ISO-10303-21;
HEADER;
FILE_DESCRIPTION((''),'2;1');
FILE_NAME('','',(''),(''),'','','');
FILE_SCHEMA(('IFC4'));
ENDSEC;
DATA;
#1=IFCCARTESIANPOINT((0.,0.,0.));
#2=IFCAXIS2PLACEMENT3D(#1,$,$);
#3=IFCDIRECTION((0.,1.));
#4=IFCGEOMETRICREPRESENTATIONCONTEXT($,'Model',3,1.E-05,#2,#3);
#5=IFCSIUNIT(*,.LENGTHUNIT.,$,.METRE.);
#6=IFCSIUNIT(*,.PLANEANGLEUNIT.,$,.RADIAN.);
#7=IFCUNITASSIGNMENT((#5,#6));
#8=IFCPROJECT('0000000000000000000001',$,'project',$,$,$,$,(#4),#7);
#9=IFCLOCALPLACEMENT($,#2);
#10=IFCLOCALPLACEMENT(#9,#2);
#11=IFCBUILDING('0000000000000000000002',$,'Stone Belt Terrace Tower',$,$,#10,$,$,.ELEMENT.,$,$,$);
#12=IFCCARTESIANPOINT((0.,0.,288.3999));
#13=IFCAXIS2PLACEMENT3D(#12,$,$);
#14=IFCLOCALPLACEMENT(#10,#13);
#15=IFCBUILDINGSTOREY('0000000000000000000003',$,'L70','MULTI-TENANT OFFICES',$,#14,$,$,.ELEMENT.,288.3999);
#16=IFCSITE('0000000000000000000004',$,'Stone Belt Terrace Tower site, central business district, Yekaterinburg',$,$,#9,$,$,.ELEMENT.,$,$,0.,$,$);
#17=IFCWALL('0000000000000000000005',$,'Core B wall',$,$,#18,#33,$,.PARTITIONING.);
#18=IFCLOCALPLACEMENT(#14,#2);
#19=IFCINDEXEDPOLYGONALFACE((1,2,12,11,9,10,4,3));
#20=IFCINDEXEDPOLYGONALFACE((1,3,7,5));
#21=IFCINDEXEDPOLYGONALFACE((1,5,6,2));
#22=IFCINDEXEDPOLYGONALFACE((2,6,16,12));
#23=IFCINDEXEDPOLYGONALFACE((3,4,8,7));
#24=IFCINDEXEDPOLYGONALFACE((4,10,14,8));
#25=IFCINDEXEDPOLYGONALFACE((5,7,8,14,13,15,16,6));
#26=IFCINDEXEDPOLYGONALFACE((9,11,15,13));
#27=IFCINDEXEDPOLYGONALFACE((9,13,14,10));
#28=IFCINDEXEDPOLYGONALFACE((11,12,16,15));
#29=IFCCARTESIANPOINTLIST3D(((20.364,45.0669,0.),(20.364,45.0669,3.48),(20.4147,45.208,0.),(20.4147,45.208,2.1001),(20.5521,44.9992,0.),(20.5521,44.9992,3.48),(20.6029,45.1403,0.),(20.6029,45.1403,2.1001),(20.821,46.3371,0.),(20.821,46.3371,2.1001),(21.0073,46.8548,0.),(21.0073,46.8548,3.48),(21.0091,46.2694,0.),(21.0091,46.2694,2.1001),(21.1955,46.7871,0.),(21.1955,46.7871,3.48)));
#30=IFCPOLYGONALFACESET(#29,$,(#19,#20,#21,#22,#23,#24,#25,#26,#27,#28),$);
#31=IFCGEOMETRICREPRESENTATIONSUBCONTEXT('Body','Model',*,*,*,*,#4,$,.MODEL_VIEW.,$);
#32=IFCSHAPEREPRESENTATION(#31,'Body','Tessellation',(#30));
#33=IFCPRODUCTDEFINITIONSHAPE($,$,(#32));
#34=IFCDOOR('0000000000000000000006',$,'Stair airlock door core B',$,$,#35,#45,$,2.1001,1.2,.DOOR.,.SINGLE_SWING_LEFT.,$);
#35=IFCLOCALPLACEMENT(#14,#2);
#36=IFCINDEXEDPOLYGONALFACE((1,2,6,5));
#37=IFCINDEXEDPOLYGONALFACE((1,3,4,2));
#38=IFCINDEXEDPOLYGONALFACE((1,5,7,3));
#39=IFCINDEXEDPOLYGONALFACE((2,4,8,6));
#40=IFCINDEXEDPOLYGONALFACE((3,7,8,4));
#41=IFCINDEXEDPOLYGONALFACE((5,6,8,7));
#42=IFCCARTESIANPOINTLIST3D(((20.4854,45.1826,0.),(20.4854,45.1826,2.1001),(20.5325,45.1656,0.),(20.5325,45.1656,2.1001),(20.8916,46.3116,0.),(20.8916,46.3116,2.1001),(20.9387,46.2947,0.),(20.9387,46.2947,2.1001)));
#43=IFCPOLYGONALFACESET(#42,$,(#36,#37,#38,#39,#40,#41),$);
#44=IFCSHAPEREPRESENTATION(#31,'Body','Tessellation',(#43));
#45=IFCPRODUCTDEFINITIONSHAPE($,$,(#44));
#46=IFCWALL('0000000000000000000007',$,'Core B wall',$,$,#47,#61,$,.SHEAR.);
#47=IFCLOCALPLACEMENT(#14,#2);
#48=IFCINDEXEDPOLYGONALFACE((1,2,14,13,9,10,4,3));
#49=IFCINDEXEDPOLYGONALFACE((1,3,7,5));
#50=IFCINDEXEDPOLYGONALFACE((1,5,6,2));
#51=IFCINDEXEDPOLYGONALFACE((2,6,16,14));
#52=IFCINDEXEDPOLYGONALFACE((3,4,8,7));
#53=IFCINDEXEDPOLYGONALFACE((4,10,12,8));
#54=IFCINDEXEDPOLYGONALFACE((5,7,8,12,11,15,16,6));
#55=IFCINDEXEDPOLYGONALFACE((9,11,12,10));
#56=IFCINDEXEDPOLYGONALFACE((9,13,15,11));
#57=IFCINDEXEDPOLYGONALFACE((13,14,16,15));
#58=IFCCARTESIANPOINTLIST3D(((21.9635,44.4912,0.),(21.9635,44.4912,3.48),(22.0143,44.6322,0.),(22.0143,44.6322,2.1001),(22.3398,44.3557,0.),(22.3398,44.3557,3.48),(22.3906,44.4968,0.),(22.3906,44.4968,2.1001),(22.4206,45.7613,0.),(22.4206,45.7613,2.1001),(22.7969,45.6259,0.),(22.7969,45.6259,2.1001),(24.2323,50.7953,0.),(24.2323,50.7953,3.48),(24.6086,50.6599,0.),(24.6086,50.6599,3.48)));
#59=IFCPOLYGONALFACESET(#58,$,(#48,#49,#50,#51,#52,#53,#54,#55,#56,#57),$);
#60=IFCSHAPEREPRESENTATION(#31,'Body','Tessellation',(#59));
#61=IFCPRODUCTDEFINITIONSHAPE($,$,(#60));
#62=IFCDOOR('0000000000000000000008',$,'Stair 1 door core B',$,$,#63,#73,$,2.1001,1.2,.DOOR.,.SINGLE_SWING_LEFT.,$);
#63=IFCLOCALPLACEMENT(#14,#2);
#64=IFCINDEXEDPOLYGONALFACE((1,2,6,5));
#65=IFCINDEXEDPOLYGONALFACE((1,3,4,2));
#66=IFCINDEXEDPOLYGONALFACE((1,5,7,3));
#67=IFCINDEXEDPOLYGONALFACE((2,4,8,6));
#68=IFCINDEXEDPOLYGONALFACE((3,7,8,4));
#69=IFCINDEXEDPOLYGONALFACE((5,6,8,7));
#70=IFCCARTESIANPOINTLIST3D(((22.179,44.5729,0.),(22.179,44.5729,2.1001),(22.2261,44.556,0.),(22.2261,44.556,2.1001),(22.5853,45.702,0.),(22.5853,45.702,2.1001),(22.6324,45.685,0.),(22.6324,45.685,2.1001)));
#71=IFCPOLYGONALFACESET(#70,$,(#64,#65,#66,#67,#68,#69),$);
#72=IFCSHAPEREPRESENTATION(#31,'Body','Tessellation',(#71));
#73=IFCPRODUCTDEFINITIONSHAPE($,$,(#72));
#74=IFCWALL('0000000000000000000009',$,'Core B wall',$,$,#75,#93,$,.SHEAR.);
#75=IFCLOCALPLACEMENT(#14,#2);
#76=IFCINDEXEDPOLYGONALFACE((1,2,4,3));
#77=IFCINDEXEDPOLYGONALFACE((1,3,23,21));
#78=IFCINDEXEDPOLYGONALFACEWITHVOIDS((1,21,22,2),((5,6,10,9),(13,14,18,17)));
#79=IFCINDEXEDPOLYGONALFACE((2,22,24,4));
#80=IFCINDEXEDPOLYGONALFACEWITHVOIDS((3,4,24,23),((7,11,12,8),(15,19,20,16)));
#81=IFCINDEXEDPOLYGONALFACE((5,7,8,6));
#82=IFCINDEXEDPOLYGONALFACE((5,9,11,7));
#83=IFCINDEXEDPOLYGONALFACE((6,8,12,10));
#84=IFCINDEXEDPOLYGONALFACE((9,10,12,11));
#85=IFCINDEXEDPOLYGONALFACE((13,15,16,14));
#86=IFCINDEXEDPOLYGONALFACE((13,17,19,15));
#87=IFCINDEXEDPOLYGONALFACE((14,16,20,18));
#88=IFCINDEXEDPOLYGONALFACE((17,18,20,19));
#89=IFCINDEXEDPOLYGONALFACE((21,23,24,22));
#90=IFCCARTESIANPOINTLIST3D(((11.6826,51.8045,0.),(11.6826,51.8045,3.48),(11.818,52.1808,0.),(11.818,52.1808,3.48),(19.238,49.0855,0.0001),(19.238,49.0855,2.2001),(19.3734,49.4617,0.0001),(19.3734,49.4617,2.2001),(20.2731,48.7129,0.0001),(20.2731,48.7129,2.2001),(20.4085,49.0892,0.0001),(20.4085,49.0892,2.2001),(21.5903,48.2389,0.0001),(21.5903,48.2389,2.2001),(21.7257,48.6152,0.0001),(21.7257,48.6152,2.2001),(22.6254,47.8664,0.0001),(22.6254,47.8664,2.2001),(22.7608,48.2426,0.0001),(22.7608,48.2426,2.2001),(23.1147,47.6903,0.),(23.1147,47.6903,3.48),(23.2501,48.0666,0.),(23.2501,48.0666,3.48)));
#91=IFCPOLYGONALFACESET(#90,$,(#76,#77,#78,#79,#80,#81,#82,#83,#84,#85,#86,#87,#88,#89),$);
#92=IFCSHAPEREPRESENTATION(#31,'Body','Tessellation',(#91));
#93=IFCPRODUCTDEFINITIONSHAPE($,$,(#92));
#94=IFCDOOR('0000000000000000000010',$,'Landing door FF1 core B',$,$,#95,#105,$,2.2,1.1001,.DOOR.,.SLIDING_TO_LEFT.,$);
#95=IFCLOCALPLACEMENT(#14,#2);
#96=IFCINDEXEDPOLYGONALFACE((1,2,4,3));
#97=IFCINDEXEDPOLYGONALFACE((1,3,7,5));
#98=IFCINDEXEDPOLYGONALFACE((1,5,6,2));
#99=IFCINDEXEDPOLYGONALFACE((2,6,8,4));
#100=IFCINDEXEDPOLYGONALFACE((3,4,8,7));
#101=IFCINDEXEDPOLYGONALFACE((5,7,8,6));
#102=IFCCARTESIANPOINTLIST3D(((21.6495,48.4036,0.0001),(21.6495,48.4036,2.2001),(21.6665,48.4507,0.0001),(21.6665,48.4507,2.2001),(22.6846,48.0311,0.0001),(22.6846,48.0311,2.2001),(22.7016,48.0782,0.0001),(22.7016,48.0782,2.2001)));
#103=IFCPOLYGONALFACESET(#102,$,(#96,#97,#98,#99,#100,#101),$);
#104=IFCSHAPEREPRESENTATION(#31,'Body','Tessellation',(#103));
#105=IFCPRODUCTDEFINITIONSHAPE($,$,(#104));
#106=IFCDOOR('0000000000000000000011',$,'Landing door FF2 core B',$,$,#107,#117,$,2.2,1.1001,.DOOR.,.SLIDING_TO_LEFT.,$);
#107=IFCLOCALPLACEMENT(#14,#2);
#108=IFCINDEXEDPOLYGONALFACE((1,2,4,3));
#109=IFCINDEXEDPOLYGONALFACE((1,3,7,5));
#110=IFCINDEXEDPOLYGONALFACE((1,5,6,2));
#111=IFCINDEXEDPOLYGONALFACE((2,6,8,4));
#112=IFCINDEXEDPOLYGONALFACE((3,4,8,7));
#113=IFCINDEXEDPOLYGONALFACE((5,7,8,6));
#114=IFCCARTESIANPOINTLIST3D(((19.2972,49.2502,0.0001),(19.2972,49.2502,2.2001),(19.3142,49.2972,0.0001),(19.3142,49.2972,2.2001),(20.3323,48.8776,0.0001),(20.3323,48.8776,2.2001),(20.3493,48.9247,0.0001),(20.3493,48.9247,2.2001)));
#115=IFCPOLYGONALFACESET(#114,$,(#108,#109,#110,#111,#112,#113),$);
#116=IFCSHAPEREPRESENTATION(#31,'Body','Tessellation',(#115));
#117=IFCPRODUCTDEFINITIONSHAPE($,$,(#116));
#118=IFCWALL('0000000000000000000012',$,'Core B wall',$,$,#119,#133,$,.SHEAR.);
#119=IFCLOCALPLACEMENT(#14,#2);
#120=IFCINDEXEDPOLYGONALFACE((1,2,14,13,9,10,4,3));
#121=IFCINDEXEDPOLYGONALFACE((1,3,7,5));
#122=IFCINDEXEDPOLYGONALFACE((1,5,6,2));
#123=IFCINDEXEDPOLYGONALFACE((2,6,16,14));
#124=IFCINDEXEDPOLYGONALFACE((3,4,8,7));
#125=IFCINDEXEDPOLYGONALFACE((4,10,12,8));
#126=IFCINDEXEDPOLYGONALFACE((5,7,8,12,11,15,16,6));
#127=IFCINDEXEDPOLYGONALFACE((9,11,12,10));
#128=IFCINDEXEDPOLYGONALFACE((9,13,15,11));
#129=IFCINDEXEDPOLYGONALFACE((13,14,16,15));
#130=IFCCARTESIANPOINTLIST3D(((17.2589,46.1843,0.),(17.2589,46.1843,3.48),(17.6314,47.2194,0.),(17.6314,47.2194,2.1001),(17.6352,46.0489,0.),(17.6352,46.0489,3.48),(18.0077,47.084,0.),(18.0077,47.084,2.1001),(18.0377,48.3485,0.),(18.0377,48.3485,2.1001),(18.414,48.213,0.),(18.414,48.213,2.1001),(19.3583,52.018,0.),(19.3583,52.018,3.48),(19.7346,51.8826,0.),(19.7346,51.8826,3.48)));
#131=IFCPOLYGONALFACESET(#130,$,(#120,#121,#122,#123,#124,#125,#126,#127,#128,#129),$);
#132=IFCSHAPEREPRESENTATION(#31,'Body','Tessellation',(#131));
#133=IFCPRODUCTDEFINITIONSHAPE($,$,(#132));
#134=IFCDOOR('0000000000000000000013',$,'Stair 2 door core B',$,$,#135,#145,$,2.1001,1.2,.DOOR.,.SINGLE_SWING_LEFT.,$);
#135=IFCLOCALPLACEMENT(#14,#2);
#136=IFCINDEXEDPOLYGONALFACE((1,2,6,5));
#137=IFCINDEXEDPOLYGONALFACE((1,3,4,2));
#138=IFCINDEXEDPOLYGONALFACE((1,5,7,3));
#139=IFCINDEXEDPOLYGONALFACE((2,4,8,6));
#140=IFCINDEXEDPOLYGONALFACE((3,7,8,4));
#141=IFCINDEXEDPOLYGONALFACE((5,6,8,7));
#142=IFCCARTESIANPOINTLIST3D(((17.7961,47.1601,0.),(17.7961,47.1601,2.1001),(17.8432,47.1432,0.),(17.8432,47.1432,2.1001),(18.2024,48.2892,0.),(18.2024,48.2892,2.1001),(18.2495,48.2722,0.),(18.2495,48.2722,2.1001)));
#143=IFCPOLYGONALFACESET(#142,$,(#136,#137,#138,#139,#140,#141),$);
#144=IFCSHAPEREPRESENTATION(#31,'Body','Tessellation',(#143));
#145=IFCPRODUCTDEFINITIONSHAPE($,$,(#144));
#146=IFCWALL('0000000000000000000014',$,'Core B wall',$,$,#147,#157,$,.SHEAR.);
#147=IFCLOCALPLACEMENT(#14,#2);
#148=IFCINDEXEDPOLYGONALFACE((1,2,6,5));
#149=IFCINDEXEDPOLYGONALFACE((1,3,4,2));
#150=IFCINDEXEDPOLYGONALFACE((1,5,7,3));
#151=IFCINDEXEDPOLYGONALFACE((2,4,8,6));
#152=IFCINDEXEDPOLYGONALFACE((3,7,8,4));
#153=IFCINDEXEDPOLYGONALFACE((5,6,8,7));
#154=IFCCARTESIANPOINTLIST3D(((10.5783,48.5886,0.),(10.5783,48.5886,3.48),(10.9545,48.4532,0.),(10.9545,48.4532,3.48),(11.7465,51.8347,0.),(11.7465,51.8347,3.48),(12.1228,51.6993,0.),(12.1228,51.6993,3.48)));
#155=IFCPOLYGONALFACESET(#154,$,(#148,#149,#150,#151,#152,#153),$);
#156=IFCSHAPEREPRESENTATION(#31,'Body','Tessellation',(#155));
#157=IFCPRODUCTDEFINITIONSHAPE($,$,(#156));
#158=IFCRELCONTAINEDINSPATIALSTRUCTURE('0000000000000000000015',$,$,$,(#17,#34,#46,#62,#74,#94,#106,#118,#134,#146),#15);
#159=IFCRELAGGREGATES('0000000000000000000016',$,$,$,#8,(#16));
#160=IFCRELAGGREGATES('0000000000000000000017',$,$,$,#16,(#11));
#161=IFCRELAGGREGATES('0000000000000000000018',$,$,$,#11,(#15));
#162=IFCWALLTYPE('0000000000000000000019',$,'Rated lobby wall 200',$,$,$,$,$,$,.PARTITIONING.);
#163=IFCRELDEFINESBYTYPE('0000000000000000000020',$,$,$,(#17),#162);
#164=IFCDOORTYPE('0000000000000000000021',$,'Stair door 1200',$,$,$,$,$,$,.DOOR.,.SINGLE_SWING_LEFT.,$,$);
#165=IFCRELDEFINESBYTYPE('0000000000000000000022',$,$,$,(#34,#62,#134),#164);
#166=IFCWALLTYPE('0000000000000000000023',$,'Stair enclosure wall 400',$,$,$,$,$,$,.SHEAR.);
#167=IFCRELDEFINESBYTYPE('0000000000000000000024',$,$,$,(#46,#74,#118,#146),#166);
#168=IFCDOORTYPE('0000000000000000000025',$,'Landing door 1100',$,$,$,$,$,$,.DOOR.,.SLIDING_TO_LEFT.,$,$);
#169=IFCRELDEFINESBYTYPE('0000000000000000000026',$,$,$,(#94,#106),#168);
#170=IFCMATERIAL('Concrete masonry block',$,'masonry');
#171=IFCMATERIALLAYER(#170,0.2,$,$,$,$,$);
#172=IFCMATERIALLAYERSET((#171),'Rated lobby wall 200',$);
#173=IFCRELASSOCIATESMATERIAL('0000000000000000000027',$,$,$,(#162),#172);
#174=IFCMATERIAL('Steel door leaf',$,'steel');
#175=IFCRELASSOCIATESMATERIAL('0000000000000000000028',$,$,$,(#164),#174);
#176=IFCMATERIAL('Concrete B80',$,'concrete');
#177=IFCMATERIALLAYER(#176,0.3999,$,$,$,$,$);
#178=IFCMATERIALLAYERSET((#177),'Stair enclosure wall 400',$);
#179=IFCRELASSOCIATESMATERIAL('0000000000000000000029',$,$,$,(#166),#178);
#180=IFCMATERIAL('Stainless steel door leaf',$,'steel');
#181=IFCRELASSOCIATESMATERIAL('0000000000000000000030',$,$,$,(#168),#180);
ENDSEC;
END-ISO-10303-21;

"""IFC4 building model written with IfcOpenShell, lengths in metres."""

from ifc_helpers import new_model, si_unit, direction, frame, frame_2d, origin, place, context, subcontext, project, spatial, rectangle, extrude, material, layer, layer_set, type_object, element, fill, save


model = new_model("IFC4")

# Units and contexts
model_context = context("Model", 3, precision=1e-05, world=origin(), true_north=direction((0.0, 1.0)))
body_context = subcontext(model_context, "Body", "Model", "MODEL_VIEW")
ifc_project = project(units=[si_unit("LENGTHUNIT", "METRE"), si_unit("PLANEANGLEUNIT", "RADIAN")], contexts=[model_context])

# Site, building, storey
site_placement = place(None, origin())
site = spatial("IfcSite", under=ifc_project, at=site_placement, Name="Stone Belt Terrace Tower site, central business district, Yekaterinburg", CompositionType="ELEMENT", RefElevation=0.0)
building_placement = place(site_placement, origin())
building = spatial("IfcBuilding", under=site, at=building_placement, Name="Stone Belt Terrace Tower", CompositionType="ELEMENT")
storey_placement = place(building_placement, frame((0.0, 0.0, 288.3999)))
storey = spatial("IfcBuildingStorey", under=building, at=storey_placement, Name="L70", Description="MULTI-TENANT OFFICES", CompositionType="ELEMENT", Elevation=288.3999)

# Shared definitions
ifc_material_1 = material(Name="Concrete masonry block", Category="masonry")
ifc_layer_1 = layer(ifc_material_1, 0.2)
ifc_layer_set_1 = layer_set([ifc_layer_1], Name="Rated lobby wall 200")
wall_type_1 = type_object("IfcWallType", Name="Rated lobby wall 200", PredefinedType="PARTITIONING", material=ifc_layer_set_1)

# Walls, openings, doors
wall_1_placement = place(storey_placement, frame((20.458, 45.033, 0.0), z_axis=(0.0, 0.0, 1.0), x_axis=(0.338574, 0.94094, 0.0)))
wall_1 = element("IfcWall", 1, at=wall_1_placement, inside=storey, type_object=wall_type_1, Name="Core B wall", PredefinedType="PARTITIONING", context=body_context, shape_type="SweptSolid", body=[
    extrude(rectangle(XDim=1.9001, YDim=0.2, at=frame_2d((0.9502, 0.0))), origin(), (0.0, 0.0, 1.0), 3.48),
])
opening_1_placement = place(wall_1_placement, frame((0.1499, 0.0, 0.0)))
opening_1 = element("IfcOpeningElement", 2, at=opening_1_placement, cuts=wall_1, PredefinedType="OPENING", context=body_context, shape_type="SweptSolid", body=[
    extrude(rectangle(XDim=1.2, YDim=2.1001, at=frame_2d((0.6001, 1.05))), frame((0.0, 0.1099, 0.0), z_axis=(0.0, -1.0, 0.0), x_axis=(1.0, 0.0, 0.0)), (0.0, 0.0, 1.0), 0.22),
])
ifc_material_2 = material(Name="Steel door leaf", Category="steel")
door_type_1 = type_object("IfcDoorType", Name="Stair door 1200", OperationType="SINGLE_SWING_LEFT", PredefinedType="DOOR", material=ifc_material_2)
door_1_placement = place(opening_1_placement, origin())
door_1 = element("IfcDoor", 3, at=door_1_placement, inside=storey, type_object=door_type_1, Name="Stair airlock door core B", OperationType="SINGLE_SWING_LEFT", OverallHeight=2.1001, OverallWidth=1.2, PredefinedType="DOOR", context=body_context, shape_type="SweptSolid", body=[
    extrude(rectangle(XDim=1.2, YDim=2.1001, at=frame_2d((0.6001, 1.05))), frame((0.0, 0.0249, 0.0), z_axis=(0.0, -1.0, 0.0), x_axis=(1.0, 0.0, 0.0)), (0.0, 0.0, 1.0), 0.05),
])
fill(opening_1, door_1)
ifc_material_3 = material(Name="Concrete B80", Category="concrete")
ifc_layer_2 = layer(ifc_material_3, 0.3999)
ifc_layer_set_2 = layer_set([ifc_layer_2], Name="Stair enclosure wall 400")
wall_type_2 = type_object("IfcWallType", Name="Stair enclosure wall 400", PredefinedType="SHEAR", material=ifc_layer_set_2)
wall_2_placement = place(storey_placement, frame((22.1516, 44.4233, 0.0), z_axis=(0.0, 0.0, 1.0), x_axis=(0.338625, 0.940921, 0.0)))
wall_2 = element("IfcWall", 4, at=wall_2_placement, inside=storey, type_object=wall_type_2, Name="Core B wall", PredefinedType="SHEAR", context=body_context, shape_type="SweptSolid", body=[
    extrude(rectangle(XDim=6.7, YDim=0.3999, at=frame_2d((3.3501, 0.0))), origin(), (0.0, 0.0, 1.0), 3.48),
])
opening_2_placement = place(wall_2_placement, frame((0.1499, 0.0, 0.0)))
opening_2 = element("IfcOpeningElement", 5, at=opening_2_placement, cuts=wall_2, PredefinedType="OPENING", context=body_context, shape_type="SweptSolid", body=[
    extrude(rectangle(XDim=1.2, YDim=2.1001, at=frame_2d((0.6001, 1.05))), frame((0.0, 0.21, 0.0), z_axis=(0.0, -1.0, 0.0), x_axis=(1.0, 0.0, 0.0)), (0.0, 0.0, 1.0), 0.4199),
])
door_2_placement = place(opening_2_placement, origin())
door_2 = element("IfcDoor", 6, at=door_2_placement, inside=storey, type_object=door_type_1, Name="Stair 1 door core B", OperationType="SINGLE_SWING_LEFT", OverallHeight=2.1001, OverallWidth=1.2, PredefinedType="DOOR", context=body_context, shape_type="SweptSolid", body=[
    extrude(rectangle(XDim=1.2, YDim=2.1001, at=frame_2d((0.6001, 1.05))), frame((0.0, 0.0249, 0.0), z_axis=(0.0, -1.0, 0.0), x_axis=(1.0, 0.0, 0.0)), (0.0, 0.0, 1.0), 0.05),
])
fill(opening_2, door_2)

# Wall, openings, doors
wall_3_placement = place(storey_placement, frame((23.1824, 47.8784, 0.0), z_axis=(0.0, 0.0, 1.0), x_axis=(-0.940922, 0.338624, 0.0)))
wall_3 = element("IfcWall", 7, at=wall_3_placement, inside=storey, type_object=wall_type_2, Name="Core B wall", PredefinedType="SHEAR", context=body_context, shape_type="SweptSolid", body=[
    extrude(rectangle(XDim=12.1499, YDim=0.3999, at=frame_2d((6.075, 0.0))), origin(), (0.0, 0.0, 1.0), 3.48),
])
opening_3_placement = place(wall_3_placement, frame((0.52, 0.0, 0.0)))
opening_3 = element("IfcOpeningElement", 8, at=opening_3_placement, cuts=wall_3, PredefinedType="OPENING", context=body_context, shape_type="SweptSolid", body=[
    extrude(rectangle(XDim=1.1001, YDim=2.2, at=frame_2d((0.55, 1.1001))), frame((0.0, 0.21, 0.0), z_axis=(0.0, -1.0, 0.0), x_axis=(1.0, 0.0, 0.0)), (0.0, 0.0, 1.0), 0.4199),
])
opening_4_placement = place(wall_3_placement, frame((3.02, 0.0, 0.0)))
opening_4 = element("IfcOpeningElement", 9, at=opening_4_placement, cuts=wall_3, PredefinedType="OPENING", context=body_context, shape_type="SweptSolid", body=[
    extrude(rectangle(XDim=1.1001, YDim=2.2, at=frame_2d((0.55, 1.1001))), frame((0.0, 0.21, 0.0), z_axis=(0.0, -1.0, 0.0), x_axis=(1.0, 0.0, 0.0)), (0.0, 0.0, 1.0), 0.4199),
])
ifc_material_4 = material(Name="Stainless steel door leaf", Category="steel")
door_type_2 = type_object("IfcDoorType", Name="Landing door 1100", OperationType="SLIDING_TO_LEFT", PredefinedType="DOOR", material=ifc_material_4)
door_3_placement = place(opening_3_placement, origin())
door_3 = element("IfcDoor", 10, at=door_3_placement, inside=storey, type_object=door_type_2, Name="Landing door FF1 core B", OperationType="SLIDING_TO_LEFT", OverallHeight=2.2, OverallWidth=1.1001, PredefinedType="DOOR", context=body_context, shape_type="SweptSolid", body=[
    extrude(rectangle(XDim=1.1001, YDim=2.2, at=frame_2d((0.55, 1.1001))), frame((0.0, 0.0249, 0.0), z_axis=(0.0, -1.0, 0.0), x_axis=(1.0, 0.0, 0.0)), (0.0, 0.0, 1.0), 0.05),
])
fill(opening_3, door_3)
door_4_placement = place(opening_4_placement, origin())
door_4 = element("IfcDoor", 11, at=door_4_placement, inside=storey, type_object=door_type_2, Name="Landing door FF2 core B", OperationType="SLIDING_TO_LEFT", OverallHeight=2.2, OverallWidth=1.1001, PredefinedType="DOOR", context=body_context, shape_type="SweptSolid", body=[
    extrude(rectangle(XDim=1.1001, YDim=2.2, at=frame_2d((0.55, 1.1001))), frame((0.0, 0.0249, 0.0), z_axis=(0.0, -1.0, 0.0), x_axis=(1.0, 0.0, 0.0)), (0.0, 0.0, 1.0), 0.05),
])
fill(opening_4, door_4)

# Wall, opening, door
wall_4_placement = place(storey_placement, frame((17.447, 46.1165, 0.0), z_axis=(0.0, 0.0, 1.0), x_axis=(0.338608, 0.940928, 0.0)))
wall_4 = element("IfcWall", 12, at=wall_4_placement, inside=storey, type_object=wall_type_2, Name="Core B wall", PredefinedType="SHEAR", context=body_context, shape_type="SweptSolid", body=[
    extrude(rectangle(XDim=6.2, YDim=0.3999, at=frame_2d((3.1001, 0.0))), origin(), (0.0, 0.0, 1.0), 3.48),
])
opening_5_placement = place(wall_4_placement, frame((1.1001, 0.0, 0.0)))
opening_5 = element("IfcOpeningElement", 13, at=opening_5_placement, cuts=wall_4, PredefinedType="OPENING", context=body_context, shape_type="SweptSolid", body=[
    extrude(rectangle(XDim=1.2, YDim=2.1001, at=frame_2d((0.6001, 1.05))), frame((0.0, 0.21, 0.0), z_axis=(0.0, -1.0, 0.0), x_axis=(1.0, 0.0, 0.0)), (0.0, 0.0, 1.0), 0.4199),
])
door_5_placement = place(opening_5_placement, origin())
door_5 = element("IfcDoor", 14, at=door_5_placement, inside=storey, type_object=door_type_1, Name="Stair 2 door core B", OperationType="SINGLE_SWING_LEFT", OverallHeight=2.1001, OverallWidth=1.2, PredefinedType="DOOR", context=body_context, shape_type="SweptSolid", body=[
    extrude(rectangle(XDim=1.2, YDim=2.1001, at=frame_2d((0.6001, 1.05))), frame((0.0, 0.0249, 0.0), z_axis=(0.0, -1.0, 0.0), x_axis=(1.0, 0.0, 0.0)), (0.0, 0.0, 1.0), 0.05),
])
fill(opening_5, door_5)

# Wall
wall_5_placement = place(storey_placement, frame((10.7664, 48.5208, 0.0), z_axis=(0.0, 0.0, 1.0), x_axis=(0.338622, 0.940923, 0.0)))
element("IfcWall", 15, at=wall_5_placement, inside=storey, type_object=wall_type_2, Name="Core B wall", PredefinedType="SHEAR", context=body_context, shape_type="SweptSolid", body=[
    extrude(rectangle(XDim=3.45, YDim=0.3999, at=frame_2d((1.7251, 0.0))), origin(), (0.0, 0.0, 1.0), 3.48),
])

save(model, "model.ifc")
